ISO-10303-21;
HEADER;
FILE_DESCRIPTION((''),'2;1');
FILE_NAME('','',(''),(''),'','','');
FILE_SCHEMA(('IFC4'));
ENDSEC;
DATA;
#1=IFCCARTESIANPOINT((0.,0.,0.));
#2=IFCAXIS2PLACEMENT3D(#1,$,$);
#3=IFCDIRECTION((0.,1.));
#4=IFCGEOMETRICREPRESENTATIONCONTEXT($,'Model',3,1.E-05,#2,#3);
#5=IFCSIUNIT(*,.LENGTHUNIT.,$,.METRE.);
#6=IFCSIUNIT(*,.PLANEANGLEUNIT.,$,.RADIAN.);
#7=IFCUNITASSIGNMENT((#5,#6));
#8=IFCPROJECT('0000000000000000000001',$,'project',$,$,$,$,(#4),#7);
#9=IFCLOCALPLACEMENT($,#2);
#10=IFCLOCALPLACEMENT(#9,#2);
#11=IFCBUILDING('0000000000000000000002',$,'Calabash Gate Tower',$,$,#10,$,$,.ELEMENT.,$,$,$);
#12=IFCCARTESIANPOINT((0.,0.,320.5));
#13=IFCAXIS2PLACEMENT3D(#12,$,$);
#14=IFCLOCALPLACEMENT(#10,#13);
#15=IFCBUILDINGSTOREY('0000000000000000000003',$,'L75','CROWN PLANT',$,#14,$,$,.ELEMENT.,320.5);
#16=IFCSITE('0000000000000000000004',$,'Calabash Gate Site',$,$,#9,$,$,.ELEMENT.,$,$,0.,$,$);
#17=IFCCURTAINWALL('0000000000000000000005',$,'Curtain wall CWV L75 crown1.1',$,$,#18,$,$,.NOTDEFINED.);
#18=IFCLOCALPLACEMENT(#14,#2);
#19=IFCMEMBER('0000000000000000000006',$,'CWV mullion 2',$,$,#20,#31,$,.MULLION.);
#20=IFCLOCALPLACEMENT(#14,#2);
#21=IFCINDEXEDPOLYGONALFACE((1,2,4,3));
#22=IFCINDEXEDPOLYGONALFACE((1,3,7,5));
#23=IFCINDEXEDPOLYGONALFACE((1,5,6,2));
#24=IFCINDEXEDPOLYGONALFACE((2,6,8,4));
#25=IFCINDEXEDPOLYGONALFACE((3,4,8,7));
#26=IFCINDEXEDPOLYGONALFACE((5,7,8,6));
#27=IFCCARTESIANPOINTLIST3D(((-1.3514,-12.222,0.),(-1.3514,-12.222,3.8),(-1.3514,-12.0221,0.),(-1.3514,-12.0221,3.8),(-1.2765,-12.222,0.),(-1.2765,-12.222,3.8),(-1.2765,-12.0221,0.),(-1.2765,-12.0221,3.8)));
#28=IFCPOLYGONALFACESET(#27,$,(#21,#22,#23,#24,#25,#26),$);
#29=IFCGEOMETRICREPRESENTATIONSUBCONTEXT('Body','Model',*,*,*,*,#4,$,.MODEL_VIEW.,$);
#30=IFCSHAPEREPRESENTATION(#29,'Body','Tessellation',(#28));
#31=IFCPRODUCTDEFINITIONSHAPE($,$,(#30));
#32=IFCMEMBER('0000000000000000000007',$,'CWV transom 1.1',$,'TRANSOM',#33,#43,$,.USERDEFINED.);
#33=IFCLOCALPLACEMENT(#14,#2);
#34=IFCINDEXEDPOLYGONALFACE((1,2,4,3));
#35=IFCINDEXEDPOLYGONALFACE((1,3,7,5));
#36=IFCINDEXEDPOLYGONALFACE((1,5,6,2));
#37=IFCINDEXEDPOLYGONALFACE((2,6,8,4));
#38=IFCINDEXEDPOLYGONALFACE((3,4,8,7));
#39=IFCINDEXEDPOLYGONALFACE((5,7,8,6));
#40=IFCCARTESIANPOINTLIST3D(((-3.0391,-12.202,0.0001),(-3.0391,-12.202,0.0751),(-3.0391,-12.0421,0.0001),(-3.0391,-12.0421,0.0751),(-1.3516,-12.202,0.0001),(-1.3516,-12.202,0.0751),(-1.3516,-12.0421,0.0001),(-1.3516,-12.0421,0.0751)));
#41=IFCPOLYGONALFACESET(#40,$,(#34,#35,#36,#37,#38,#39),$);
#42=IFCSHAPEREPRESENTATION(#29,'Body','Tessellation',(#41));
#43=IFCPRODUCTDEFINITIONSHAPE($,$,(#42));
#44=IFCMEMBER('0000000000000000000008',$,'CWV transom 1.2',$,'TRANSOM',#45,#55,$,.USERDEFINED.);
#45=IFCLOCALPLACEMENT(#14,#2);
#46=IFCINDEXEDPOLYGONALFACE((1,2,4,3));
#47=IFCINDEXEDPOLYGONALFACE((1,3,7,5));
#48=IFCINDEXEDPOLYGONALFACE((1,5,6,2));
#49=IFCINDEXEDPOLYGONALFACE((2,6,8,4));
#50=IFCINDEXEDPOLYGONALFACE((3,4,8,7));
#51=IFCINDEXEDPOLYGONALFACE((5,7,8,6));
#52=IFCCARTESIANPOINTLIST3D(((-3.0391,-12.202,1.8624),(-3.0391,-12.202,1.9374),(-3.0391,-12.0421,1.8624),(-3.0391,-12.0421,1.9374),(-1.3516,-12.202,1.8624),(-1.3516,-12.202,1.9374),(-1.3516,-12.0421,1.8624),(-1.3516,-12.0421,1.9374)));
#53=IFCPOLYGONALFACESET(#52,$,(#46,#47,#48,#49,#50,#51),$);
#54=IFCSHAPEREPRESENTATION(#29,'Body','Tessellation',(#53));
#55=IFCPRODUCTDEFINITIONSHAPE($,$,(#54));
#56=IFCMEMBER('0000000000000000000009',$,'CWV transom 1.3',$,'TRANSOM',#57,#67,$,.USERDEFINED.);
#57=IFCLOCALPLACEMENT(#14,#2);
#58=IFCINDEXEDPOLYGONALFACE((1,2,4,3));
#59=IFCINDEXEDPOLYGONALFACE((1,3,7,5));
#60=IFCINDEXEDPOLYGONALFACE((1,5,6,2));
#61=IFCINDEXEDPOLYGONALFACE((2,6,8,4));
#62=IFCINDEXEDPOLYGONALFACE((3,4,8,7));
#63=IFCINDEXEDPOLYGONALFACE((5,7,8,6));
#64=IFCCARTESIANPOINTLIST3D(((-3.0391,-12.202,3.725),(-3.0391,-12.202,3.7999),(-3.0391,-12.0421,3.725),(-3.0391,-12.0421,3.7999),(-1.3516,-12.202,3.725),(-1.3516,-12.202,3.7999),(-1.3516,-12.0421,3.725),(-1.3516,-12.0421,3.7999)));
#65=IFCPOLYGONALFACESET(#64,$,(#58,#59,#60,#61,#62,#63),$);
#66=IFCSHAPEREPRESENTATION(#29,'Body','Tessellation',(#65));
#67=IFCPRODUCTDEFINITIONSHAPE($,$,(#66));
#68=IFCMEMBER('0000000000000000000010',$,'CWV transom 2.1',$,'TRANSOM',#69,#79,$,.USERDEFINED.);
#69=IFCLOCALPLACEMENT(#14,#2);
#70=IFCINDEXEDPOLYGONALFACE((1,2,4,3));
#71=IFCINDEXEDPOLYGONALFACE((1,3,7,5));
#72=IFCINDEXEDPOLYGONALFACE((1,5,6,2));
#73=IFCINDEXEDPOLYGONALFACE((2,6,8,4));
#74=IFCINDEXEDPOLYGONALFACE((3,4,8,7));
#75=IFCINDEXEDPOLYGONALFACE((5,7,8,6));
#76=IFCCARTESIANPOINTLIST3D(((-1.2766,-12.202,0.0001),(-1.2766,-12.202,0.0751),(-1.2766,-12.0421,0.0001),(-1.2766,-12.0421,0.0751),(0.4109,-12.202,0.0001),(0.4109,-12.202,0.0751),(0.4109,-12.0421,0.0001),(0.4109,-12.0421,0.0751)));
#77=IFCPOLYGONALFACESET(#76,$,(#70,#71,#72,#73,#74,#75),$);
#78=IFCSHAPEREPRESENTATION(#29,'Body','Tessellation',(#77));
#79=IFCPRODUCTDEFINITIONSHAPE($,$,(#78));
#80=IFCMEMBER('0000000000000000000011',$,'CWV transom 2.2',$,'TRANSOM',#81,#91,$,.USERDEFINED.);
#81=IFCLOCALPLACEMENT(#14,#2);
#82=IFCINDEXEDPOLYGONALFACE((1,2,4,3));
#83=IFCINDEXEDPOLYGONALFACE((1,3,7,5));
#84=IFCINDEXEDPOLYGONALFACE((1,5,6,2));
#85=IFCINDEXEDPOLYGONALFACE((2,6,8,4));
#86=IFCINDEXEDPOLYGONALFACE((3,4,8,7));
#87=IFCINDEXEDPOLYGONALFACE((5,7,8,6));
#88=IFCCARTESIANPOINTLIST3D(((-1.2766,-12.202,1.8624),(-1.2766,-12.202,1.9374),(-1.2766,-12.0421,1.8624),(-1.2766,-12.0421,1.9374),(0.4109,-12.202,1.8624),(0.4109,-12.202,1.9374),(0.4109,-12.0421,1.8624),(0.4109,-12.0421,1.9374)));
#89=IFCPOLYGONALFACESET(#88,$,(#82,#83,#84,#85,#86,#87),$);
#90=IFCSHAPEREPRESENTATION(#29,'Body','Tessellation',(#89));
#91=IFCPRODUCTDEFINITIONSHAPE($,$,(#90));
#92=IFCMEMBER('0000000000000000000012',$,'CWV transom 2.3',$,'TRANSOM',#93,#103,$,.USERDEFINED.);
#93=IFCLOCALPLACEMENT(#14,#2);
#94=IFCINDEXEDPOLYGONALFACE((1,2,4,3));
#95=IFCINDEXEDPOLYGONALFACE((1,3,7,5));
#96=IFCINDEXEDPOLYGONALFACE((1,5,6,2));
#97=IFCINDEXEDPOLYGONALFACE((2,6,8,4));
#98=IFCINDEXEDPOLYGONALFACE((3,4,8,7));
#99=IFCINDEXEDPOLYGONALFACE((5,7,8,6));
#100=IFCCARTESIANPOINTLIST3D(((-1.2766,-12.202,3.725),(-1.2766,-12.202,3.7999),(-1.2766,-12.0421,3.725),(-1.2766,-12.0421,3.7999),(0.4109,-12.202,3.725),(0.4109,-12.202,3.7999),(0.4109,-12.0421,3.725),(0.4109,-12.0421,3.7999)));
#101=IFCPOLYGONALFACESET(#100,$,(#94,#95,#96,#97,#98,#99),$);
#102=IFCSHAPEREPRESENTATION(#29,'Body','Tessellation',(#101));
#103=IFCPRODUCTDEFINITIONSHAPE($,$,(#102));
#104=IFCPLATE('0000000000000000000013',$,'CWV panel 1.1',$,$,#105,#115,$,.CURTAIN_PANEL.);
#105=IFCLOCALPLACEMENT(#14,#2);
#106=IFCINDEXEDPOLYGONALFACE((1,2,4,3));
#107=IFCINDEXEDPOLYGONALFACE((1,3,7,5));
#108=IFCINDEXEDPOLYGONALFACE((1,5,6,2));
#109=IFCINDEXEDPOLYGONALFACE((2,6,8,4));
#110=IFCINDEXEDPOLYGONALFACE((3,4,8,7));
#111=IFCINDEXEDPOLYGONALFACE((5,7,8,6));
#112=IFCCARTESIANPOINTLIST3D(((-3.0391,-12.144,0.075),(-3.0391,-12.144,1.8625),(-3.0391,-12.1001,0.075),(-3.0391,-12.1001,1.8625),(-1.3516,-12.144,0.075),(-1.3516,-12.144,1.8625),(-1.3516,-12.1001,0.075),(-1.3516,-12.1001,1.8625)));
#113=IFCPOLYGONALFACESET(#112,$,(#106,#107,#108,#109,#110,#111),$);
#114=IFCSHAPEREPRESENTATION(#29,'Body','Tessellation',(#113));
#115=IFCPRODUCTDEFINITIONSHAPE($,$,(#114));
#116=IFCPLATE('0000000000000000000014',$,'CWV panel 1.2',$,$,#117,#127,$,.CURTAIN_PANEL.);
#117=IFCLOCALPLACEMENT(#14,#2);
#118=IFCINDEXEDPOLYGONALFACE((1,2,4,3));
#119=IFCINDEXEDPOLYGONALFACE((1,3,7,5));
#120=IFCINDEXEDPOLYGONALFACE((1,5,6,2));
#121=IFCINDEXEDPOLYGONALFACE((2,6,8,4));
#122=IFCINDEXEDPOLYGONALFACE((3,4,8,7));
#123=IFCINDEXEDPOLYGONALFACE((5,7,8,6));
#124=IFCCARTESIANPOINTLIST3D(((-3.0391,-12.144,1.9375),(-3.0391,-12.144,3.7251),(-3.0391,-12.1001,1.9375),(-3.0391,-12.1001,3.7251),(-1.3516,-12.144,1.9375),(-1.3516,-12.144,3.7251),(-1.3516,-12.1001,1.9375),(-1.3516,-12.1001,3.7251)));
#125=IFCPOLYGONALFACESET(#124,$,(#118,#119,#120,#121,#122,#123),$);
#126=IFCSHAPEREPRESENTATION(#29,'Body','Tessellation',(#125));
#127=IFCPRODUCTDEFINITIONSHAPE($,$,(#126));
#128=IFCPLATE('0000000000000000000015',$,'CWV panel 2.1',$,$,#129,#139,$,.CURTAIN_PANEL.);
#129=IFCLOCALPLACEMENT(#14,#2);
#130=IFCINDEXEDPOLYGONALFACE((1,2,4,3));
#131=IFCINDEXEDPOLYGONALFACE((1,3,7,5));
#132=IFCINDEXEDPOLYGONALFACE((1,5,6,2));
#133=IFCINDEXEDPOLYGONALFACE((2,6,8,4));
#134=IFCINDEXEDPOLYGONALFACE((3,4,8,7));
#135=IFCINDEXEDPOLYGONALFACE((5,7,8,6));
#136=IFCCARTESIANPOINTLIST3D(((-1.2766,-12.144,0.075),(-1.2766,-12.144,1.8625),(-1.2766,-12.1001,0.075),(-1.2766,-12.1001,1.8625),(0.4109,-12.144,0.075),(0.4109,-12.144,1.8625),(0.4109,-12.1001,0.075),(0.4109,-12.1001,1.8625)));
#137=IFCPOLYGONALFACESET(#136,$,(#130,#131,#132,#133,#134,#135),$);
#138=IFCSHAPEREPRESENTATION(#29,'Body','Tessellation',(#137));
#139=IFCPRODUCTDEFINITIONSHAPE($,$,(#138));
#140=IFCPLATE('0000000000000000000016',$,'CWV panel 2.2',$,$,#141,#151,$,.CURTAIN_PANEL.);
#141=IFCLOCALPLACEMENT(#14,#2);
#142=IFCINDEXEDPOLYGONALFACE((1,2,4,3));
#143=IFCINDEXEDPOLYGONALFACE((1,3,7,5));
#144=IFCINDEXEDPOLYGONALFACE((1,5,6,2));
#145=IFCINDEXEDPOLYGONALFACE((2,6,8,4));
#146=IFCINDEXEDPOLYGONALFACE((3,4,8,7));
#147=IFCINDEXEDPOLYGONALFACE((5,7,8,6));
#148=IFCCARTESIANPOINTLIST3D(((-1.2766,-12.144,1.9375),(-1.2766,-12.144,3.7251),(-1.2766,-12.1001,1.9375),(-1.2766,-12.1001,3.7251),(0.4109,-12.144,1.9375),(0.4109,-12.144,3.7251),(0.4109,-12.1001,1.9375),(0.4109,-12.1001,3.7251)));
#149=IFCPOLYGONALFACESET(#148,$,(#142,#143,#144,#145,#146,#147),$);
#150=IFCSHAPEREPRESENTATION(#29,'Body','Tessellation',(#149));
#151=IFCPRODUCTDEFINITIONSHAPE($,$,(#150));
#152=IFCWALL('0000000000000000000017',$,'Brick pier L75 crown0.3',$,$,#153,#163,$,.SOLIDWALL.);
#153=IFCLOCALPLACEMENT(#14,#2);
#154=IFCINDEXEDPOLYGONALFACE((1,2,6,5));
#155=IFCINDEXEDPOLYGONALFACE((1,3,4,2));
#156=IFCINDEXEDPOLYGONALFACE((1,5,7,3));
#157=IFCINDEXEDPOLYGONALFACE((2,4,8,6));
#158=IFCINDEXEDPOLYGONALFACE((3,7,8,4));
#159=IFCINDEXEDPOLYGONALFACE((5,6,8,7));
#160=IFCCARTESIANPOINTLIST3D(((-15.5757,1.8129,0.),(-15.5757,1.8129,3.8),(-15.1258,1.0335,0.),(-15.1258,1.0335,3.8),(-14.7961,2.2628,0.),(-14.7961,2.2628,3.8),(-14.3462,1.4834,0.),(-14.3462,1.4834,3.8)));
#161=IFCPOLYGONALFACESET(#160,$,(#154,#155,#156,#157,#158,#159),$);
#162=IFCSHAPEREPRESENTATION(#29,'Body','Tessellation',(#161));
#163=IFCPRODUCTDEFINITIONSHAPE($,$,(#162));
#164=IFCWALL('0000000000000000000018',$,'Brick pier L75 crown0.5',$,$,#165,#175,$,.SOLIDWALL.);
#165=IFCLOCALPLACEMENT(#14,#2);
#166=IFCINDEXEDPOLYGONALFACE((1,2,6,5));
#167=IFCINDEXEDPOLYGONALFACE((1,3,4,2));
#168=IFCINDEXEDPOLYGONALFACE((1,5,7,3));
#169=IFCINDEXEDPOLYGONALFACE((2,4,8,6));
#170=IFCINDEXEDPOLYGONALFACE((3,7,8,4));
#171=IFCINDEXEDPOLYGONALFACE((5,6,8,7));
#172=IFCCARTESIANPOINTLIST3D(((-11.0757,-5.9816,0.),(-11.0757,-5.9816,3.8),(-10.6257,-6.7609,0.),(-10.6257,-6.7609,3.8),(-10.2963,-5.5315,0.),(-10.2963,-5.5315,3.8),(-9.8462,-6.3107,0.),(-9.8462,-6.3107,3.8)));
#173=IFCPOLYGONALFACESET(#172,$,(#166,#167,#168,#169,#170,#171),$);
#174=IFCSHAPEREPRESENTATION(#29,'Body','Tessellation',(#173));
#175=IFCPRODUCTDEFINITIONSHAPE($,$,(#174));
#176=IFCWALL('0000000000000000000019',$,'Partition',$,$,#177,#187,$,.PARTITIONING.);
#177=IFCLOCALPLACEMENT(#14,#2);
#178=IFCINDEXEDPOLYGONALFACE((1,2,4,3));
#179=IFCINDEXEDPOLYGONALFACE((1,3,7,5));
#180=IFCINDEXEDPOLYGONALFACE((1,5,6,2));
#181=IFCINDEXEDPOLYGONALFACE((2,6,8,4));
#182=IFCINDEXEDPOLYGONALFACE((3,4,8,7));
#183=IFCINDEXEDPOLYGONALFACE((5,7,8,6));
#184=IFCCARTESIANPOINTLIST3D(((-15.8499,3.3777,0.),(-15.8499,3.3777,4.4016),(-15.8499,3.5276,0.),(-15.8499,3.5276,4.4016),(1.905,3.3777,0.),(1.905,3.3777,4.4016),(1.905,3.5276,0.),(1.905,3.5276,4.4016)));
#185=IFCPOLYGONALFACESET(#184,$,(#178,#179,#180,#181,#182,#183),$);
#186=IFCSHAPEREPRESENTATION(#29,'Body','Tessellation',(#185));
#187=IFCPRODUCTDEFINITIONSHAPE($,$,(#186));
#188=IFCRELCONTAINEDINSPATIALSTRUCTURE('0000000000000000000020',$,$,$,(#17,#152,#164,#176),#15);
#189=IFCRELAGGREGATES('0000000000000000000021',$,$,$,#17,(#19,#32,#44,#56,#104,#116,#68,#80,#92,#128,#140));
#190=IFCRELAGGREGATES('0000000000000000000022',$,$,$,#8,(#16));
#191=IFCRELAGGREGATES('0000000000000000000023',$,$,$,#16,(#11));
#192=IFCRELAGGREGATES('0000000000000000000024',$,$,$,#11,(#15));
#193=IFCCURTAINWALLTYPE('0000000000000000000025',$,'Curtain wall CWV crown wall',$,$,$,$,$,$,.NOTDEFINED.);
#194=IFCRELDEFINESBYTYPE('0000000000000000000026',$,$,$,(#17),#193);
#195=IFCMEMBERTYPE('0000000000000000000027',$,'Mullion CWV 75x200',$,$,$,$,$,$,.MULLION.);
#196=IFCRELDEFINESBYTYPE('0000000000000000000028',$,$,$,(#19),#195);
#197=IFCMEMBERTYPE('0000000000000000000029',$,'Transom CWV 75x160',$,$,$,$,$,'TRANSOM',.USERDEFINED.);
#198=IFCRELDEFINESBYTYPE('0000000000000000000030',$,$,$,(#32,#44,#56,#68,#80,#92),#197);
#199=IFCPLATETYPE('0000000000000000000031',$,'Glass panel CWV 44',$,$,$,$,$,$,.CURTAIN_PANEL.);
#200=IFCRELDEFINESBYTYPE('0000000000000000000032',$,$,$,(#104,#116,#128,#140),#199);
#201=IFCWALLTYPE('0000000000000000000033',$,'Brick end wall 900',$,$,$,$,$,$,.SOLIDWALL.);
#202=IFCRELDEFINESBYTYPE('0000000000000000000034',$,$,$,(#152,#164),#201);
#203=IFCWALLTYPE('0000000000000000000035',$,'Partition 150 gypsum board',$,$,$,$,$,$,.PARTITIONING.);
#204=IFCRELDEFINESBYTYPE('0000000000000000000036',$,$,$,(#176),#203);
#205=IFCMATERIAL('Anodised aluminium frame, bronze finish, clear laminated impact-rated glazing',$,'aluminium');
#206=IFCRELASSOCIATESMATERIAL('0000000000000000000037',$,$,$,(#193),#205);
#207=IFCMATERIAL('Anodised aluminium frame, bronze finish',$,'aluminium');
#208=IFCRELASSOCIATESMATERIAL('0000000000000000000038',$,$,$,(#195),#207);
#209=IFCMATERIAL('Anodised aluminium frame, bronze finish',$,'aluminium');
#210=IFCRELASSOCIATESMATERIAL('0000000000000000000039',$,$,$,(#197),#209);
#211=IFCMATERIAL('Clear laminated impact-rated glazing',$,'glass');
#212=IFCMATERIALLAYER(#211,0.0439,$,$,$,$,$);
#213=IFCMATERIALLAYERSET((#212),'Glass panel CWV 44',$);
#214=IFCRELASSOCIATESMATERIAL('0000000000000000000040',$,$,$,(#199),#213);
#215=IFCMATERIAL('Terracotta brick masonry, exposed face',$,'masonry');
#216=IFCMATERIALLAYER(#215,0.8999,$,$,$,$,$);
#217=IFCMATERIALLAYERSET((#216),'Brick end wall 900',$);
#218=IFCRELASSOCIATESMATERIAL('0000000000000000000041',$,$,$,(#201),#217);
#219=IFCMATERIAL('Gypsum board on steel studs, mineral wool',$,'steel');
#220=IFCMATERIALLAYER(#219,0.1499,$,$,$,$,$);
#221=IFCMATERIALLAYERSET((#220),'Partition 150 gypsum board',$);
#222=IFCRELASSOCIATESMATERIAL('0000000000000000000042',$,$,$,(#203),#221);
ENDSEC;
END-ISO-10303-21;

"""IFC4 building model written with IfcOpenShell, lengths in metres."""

from ifc_helpers import new_model, si_unit, direction, frame, frame_2d, origin, origin_2d, place, context, subcontext, project, spatial, rectangle, extrude, material, layer, layer_set, material_profile, profile_set, type_object, element, aggregate, save


model = new_model("IFC4")

# Units and contexts
model_context = context("Model", 3, precision=1e-05, world=origin(), true_north=direction((0.0, 1.0)))
body_context = subcontext(model_context, "Body", "Model", "MODEL_VIEW")
ifc_project = project(units=[si_unit("LENGTHUNIT", "METRE"), si_unit("PLANEANGLEUNIT", "RADIAN")], contexts=[model_context])

# Site, building, storey
site_placement = place(None, origin())
site = spatial("IfcSite", under=ifc_project, at=site_placement, Name="Calabash Gate Site", CompositionType="ELEMENT", RefElevation=0.0)
building_placement = place(site_placement, origin())
building = spatial("IfcBuilding", under=site, at=building_placement, Name="Calabash Gate Tower", CompositionType="ELEMENT")
storey_placement = place(building_placement, frame((0.0, 0.0, 320.5)))
storey = spatial("IfcBuildingStorey", under=building, at=storey_placement, Name="L75", Description="CROWN PLANT", CompositionType="ELEMENT", Elevation=320.5)

# Curtain wall, members, plates
ifc_material_1 = material(Name="Anodised aluminium frame, bronze finish, clear laminated impact-rated glazing", Category="aluminium")
curtain_wall_type = type_object("IfcCurtainWallType", Name="Curtain wall CWV crown wall", PredefinedType="NOTDEFINED", material=ifc_material_1)
curtain_wall_placement = place(storey_placement, origin())
curtain_wall = element("IfcCurtainWall", 1, at=curtain_wall_placement, inside=storey, type_object=curtain_wall_type, Name="Curtain wall CWV L75 crown1.1", PredefinedType="NOTDEFINED")
ifc_material_2 = material(Name="Anodised aluminium frame, bronze finish", Category="aluminium")
ifc_material_profile_1 = material_profile(ifc_material_2, rectangle(XDim=0.2, YDim=0.075, at=origin_2d()))
ifc_profile_set_1 = profile_set([ifc_material_profile_1], Name="Anodised aluminium frame, bronze finish")
member_type_1 = type_object("IfcMemberType", Name="Mullion CWV 75x200", PredefinedType="MULLION", material=ifc_profile_set_1)
member_1_placement = place(storey_placement, frame((-1.314, -12.1221, 0.0), z_axis=(0.0, 0.0, 1.0), x_axis=(0.0, 1.0, 0.0)))
member_1 = element("IfcMember", 2, at=member_1_placement, type_object=member_type_1, Name="CWV mullion 2", PredefinedType="MULLION", context=body_context, shape_type="SweptSolid", body=[
    extrude(rectangle(XDim=0.2, YDim=0.075, at=origin_2d()), origin(), (0.0, 0.0, 1.0), 3.8),
])
ifc_material_3 = material(Name="Anodised aluminium frame, bronze finish", Category="aluminium")
ifc_material_profile_2 = material_profile(ifc_material_3, rectangle(XDim=0.1599, YDim=0.075, at=origin_2d()))
ifc_profile_set_2 = profile_set([ifc_material_profile_2], Name="Anodised aluminium frame, bronze finish")
member_type_2 = type_object("IfcMemberType", Name="Transom CWV 75x160", ElementType="TRANSOM", PredefinedType="USERDEFINED", material=ifc_profile_set_2)
member_2_placement = place(storey_placement, frame((-3.0391, -12.1221, 0.0376), z_axis=(1.0, 0.0, 0.0), x_axis=(0.0, 1.0, 0.0)))
member_2 = element("IfcMember", 3, at=member_2_placement, type_object=member_type_2, Name="CWV transom 1.1", ObjectType="TRANSOM", PredefinedType="USERDEFINED", context=body_context, shape_type="SweptSolid", body=[
    extrude(rectangle(XDim=0.1599, YDim=0.075, at=origin_2d()), origin(), (0.0, 0.0, 1.0), 1.6875),
])
member_3_placement = place(storey_placement, frame((-3.0391, -12.1221, 1.8999), z_axis=(1.0, 0.0, 0.0), x_axis=(0.0, 1.0, 0.0)))
member_3 = element("IfcMember", 4, at=member_3_placement, type_object=member_type_2, Name="CWV transom 1.2", ObjectType="TRANSOM", PredefinedType="USERDEFINED", context=body_context, shape_type="SweptSolid", body=[
    extrude(rectangle(XDim=0.1599, YDim=0.075, at=origin_2d()), origin(), (0.0, 0.0, 1.0), 1.6875),
])
member_4_placement = place(storey_placement, frame((-3.0391, -12.1221, 3.7625), z_axis=(1.0, 0.0, 0.0), x_axis=(0.0, 1.0, 0.0)))
member_4 = element("IfcMember", 5, at=member_4_placement, type_object=member_type_2, Name="CWV transom 1.3", ObjectType="TRANSOM", PredefinedType="USERDEFINED", context=body_context, shape_type="SweptSolid", body=[
    extrude(rectangle(XDim=0.1599, YDim=0.075, at=origin_2d()), origin(), (0.0, 0.0, 1.0), 1.6875),
])
member_5_placement = place(storey_placement, frame((-1.2766, -12.1221, 0.0376), z_axis=(1.0, 0.0, 0.0), x_axis=(0.0, 1.0, 0.0)))
member_5 = element("IfcMember", 6, at=member_5_placement, type_object=member_type_2, Name="CWV transom 2.1", ObjectType="TRANSOM", PredefinedType="USERDEFINED", context=body_context, shape_type="SweptSolid", body=[
    extrude(rectangle(XDim=0.1599, YDim=0.075, at=origin_2d()), origin(), (0.0, 0.0, 1.0), 1.6875),
])
member_6_placement = place(storey_placement, frame((-1.2766, -12.1221, 1.8999), z_axis=(1.0, 0.0, 0.0), x_axis=(0.0, 1.0, 0.0)))
member_6 = element("IfcMember", 7, at=member_6_placement, type_object=member_type_2, Name="CWV transom 2.2", ObjectType="TRANSOM", PredefinedType="USERDEFINED", context=body_context, shape_type="SweptSolid", body=[
    extrude(rectangle(XDim=0.1599, YDim=0.075, at=origin_2d()), origin(), (0.0, 0.0, 1.0), 1.6875),
])
member_7_placement = place(storey_placement, frame((-1.2766, -12.1221, 3.7625), z_axis=(1.0, 0.0, 0.0), x_axis=(0.0, 1.0, 0.0)))
member_7 = element("IfcMember", 8, at=member_7_placement, type_object=member_type_2, Name="CWV transom 2.3", ObjectType="TRANSOM", PredefinedType="USERDEFINED", context=body_context, shape_type="SweptSolid", body=[
    extrude(rectangle(XDim=0.1599, YDim=0.075, at=origin_2d()), origin(), (0.0, 0.0, 1.0), 1.6875),
])
ifc_material_4 = material(Name="Clear laminated impact-rated glazing", Category="glass")
ifc_layer_1 = layer(ifc_material_4, 0.0439)
ifc_layer_set_1 = layer_set([ifc_layer_1], Name="Glass panel CWV 44")
plate_type = type_object("IfcPlateType", Name="Glass panel CWV 44", PredefinedType="CURTAIN_PANEL", material=ifc_layer_set_1)
plate_1_placement = place(storey_placement, frame((-2.1953, -12.1221, 0.075), z_axis=(0.0, 0.0, 1.0), x_axis=(1.0, 0.0, 0.0)))
plate_1 = element("IfcPlate", 9, at=plate_1_placement, type_object=plate_type, Name="CWV panel 1.1", PredefinedType="CURTAIN_PANEL", context=body_context, shape_type="SweptSolid", body=[
    extrude(rectangle(XDim=1.6875, YDim=0.0439, at=origin_2d()), origin(), (0.0, 0.0, 1.0), 1.7876),
])
plate_2_placement = place(storey_placement, frame((-2.1953, -12.1221, 1.9375), z_axis=(0.0, 0.0, 1.0), x_axis=(1.0, 0.0, 0.0)))
plate_2 = element("IfcPlate", 10, at=plate_2_placement, type_object=plate_type, Name="CWV panel 1.2", PredefinedType="CURTAIN_PANEL", context=body_context, shape_type="SweptSolid", body=[
    extrude(rectangle(XDim=1.6875, YDim=0.0439, at=origin_2d()), origin(), (0.0, 0.0, 1.0), 1.7876),
])
plate_3_placement = place(storey_placement, frame((-0.4329, -12.1221, 0.075), z_axis=(0.0, 0.0, 1.0), x_axis=(1.0, 0.0, 0.0)))
plate_3 = element("IfcPlate", 11, at=plate_3_placement, type_object=plate_type, Name="CWV panel 2.1", PredefinedType="CURTAIN_PANEL", context=body_context, shape_type="SweptSolid", body=[
    extrude(rectangle(XDim=1.6875, YDim=0.0439, at=origin_2d()), origin(), (0.0, 0.0, 1.0), 1.7876),
])
plate_4_placement = place(storey_placement, frame((-0.4329, -12.1221, 1.9375), z_axis=(0.0, 0.0, 1.0), x_axis=(1.0, 0.0, 0.0)))
plate_4 = element("IfcPlate", 12, at=plate_4_placement, type_object=plate_type, Name="CWV panel 2.2", PredefinedType="CURTAIN_PANEL", context=body_context, shape_type="SweptSolid", body=[
    extrude(rectangle(XDim=1.6875, YDim=0.0439, at=origin_2d()), origin(), (0.0, 0.0, 1.0), 1.7876),
])
aggregate(curtain_wall, [member_1, member_2, member_3, member_4, plate_1, plate_2, member_5, member_6, member_7, plate_3, plate_4])

# Walls
ifc_material_5 = material(Name="Terracotta brick masonry, exposed face", Category="masonry")
ifc_layer_2 = layer(ifc_material_5, 0.8999)
ifc_layer_set_2 = layer_set([ifc_layer_2], Name="Brick end wall 900")
wall_type_1 = type_object("IfcWallType", Name="Brick end wall 900", PredefinedType="SOLIDWALL", material=ifc_layer_set_2)
for number, where, z_axis, x_axis, name in (
    (13, (-15.3508, 1.4231, 0.0), (0.0, 0.0, 1.0), (0.866082, 0.499902, 0.0), "Brick pier L75 crown0.3"),
    (14, (-10.8508, -6.3713, 0.0), (0.0, 0.0, 1.0), (0.865964, 0.500106, 0.0), "Brick pier L75 crown0.5"),
):
    element("IfcWall", number, at=place(storey_placement, frame(where, z_axis=z_axis, x_axis=x_axis)), inside=storey, type_object=wall_type_1, Name=name, PredefinedType="SOLIDWALL", context=body_context, shape_type="SweptSolid", body=[
        extrude(rectangle(XDim=0.9001, YDim=0.8999, at=frame_2d((0.4502, 0.0))), origin(), (0.0, 0.0, 1.0), 3.8),
    ])
ifc_material_6 = material(Name="Gypsum board on steel studs, mineral wool", Category="steel")
ifc_layer_3 = layer(ifc_material_6, 0.1499)
ifc_layer_set_3 = layer_set([ifc_layer_3], Name="Partition 150 gypsum board")
wall_type_2 = type_object("IfcWallType", Name="Partition 150 gypsum board", PredefinedType="PARTITIONING", material=ifc_layer_set_3)
wall_1_placement = place(storey_placement, frame((-15.8499, 3.4526, 0.0), z_axis=(0.0, 0.0, 1.0), x_axis=(1.0, 0.0, 0.0)))
element("IfcWall", 15, at=wall_1_placement, inside=storey, type_object=wall_type_2, Name="Partition", PredefinedType="PARTITIONING", context=body_context, shape_type="SweptSolid", body=[
    extrude(rectangle(XDim=17.7549, YDim=0.1499, at=frame_2d((8.8774, 0.0))), origin(), (0.0, 0.0, 1.0), 4.4016),
])

save(model, "model.ifc")
